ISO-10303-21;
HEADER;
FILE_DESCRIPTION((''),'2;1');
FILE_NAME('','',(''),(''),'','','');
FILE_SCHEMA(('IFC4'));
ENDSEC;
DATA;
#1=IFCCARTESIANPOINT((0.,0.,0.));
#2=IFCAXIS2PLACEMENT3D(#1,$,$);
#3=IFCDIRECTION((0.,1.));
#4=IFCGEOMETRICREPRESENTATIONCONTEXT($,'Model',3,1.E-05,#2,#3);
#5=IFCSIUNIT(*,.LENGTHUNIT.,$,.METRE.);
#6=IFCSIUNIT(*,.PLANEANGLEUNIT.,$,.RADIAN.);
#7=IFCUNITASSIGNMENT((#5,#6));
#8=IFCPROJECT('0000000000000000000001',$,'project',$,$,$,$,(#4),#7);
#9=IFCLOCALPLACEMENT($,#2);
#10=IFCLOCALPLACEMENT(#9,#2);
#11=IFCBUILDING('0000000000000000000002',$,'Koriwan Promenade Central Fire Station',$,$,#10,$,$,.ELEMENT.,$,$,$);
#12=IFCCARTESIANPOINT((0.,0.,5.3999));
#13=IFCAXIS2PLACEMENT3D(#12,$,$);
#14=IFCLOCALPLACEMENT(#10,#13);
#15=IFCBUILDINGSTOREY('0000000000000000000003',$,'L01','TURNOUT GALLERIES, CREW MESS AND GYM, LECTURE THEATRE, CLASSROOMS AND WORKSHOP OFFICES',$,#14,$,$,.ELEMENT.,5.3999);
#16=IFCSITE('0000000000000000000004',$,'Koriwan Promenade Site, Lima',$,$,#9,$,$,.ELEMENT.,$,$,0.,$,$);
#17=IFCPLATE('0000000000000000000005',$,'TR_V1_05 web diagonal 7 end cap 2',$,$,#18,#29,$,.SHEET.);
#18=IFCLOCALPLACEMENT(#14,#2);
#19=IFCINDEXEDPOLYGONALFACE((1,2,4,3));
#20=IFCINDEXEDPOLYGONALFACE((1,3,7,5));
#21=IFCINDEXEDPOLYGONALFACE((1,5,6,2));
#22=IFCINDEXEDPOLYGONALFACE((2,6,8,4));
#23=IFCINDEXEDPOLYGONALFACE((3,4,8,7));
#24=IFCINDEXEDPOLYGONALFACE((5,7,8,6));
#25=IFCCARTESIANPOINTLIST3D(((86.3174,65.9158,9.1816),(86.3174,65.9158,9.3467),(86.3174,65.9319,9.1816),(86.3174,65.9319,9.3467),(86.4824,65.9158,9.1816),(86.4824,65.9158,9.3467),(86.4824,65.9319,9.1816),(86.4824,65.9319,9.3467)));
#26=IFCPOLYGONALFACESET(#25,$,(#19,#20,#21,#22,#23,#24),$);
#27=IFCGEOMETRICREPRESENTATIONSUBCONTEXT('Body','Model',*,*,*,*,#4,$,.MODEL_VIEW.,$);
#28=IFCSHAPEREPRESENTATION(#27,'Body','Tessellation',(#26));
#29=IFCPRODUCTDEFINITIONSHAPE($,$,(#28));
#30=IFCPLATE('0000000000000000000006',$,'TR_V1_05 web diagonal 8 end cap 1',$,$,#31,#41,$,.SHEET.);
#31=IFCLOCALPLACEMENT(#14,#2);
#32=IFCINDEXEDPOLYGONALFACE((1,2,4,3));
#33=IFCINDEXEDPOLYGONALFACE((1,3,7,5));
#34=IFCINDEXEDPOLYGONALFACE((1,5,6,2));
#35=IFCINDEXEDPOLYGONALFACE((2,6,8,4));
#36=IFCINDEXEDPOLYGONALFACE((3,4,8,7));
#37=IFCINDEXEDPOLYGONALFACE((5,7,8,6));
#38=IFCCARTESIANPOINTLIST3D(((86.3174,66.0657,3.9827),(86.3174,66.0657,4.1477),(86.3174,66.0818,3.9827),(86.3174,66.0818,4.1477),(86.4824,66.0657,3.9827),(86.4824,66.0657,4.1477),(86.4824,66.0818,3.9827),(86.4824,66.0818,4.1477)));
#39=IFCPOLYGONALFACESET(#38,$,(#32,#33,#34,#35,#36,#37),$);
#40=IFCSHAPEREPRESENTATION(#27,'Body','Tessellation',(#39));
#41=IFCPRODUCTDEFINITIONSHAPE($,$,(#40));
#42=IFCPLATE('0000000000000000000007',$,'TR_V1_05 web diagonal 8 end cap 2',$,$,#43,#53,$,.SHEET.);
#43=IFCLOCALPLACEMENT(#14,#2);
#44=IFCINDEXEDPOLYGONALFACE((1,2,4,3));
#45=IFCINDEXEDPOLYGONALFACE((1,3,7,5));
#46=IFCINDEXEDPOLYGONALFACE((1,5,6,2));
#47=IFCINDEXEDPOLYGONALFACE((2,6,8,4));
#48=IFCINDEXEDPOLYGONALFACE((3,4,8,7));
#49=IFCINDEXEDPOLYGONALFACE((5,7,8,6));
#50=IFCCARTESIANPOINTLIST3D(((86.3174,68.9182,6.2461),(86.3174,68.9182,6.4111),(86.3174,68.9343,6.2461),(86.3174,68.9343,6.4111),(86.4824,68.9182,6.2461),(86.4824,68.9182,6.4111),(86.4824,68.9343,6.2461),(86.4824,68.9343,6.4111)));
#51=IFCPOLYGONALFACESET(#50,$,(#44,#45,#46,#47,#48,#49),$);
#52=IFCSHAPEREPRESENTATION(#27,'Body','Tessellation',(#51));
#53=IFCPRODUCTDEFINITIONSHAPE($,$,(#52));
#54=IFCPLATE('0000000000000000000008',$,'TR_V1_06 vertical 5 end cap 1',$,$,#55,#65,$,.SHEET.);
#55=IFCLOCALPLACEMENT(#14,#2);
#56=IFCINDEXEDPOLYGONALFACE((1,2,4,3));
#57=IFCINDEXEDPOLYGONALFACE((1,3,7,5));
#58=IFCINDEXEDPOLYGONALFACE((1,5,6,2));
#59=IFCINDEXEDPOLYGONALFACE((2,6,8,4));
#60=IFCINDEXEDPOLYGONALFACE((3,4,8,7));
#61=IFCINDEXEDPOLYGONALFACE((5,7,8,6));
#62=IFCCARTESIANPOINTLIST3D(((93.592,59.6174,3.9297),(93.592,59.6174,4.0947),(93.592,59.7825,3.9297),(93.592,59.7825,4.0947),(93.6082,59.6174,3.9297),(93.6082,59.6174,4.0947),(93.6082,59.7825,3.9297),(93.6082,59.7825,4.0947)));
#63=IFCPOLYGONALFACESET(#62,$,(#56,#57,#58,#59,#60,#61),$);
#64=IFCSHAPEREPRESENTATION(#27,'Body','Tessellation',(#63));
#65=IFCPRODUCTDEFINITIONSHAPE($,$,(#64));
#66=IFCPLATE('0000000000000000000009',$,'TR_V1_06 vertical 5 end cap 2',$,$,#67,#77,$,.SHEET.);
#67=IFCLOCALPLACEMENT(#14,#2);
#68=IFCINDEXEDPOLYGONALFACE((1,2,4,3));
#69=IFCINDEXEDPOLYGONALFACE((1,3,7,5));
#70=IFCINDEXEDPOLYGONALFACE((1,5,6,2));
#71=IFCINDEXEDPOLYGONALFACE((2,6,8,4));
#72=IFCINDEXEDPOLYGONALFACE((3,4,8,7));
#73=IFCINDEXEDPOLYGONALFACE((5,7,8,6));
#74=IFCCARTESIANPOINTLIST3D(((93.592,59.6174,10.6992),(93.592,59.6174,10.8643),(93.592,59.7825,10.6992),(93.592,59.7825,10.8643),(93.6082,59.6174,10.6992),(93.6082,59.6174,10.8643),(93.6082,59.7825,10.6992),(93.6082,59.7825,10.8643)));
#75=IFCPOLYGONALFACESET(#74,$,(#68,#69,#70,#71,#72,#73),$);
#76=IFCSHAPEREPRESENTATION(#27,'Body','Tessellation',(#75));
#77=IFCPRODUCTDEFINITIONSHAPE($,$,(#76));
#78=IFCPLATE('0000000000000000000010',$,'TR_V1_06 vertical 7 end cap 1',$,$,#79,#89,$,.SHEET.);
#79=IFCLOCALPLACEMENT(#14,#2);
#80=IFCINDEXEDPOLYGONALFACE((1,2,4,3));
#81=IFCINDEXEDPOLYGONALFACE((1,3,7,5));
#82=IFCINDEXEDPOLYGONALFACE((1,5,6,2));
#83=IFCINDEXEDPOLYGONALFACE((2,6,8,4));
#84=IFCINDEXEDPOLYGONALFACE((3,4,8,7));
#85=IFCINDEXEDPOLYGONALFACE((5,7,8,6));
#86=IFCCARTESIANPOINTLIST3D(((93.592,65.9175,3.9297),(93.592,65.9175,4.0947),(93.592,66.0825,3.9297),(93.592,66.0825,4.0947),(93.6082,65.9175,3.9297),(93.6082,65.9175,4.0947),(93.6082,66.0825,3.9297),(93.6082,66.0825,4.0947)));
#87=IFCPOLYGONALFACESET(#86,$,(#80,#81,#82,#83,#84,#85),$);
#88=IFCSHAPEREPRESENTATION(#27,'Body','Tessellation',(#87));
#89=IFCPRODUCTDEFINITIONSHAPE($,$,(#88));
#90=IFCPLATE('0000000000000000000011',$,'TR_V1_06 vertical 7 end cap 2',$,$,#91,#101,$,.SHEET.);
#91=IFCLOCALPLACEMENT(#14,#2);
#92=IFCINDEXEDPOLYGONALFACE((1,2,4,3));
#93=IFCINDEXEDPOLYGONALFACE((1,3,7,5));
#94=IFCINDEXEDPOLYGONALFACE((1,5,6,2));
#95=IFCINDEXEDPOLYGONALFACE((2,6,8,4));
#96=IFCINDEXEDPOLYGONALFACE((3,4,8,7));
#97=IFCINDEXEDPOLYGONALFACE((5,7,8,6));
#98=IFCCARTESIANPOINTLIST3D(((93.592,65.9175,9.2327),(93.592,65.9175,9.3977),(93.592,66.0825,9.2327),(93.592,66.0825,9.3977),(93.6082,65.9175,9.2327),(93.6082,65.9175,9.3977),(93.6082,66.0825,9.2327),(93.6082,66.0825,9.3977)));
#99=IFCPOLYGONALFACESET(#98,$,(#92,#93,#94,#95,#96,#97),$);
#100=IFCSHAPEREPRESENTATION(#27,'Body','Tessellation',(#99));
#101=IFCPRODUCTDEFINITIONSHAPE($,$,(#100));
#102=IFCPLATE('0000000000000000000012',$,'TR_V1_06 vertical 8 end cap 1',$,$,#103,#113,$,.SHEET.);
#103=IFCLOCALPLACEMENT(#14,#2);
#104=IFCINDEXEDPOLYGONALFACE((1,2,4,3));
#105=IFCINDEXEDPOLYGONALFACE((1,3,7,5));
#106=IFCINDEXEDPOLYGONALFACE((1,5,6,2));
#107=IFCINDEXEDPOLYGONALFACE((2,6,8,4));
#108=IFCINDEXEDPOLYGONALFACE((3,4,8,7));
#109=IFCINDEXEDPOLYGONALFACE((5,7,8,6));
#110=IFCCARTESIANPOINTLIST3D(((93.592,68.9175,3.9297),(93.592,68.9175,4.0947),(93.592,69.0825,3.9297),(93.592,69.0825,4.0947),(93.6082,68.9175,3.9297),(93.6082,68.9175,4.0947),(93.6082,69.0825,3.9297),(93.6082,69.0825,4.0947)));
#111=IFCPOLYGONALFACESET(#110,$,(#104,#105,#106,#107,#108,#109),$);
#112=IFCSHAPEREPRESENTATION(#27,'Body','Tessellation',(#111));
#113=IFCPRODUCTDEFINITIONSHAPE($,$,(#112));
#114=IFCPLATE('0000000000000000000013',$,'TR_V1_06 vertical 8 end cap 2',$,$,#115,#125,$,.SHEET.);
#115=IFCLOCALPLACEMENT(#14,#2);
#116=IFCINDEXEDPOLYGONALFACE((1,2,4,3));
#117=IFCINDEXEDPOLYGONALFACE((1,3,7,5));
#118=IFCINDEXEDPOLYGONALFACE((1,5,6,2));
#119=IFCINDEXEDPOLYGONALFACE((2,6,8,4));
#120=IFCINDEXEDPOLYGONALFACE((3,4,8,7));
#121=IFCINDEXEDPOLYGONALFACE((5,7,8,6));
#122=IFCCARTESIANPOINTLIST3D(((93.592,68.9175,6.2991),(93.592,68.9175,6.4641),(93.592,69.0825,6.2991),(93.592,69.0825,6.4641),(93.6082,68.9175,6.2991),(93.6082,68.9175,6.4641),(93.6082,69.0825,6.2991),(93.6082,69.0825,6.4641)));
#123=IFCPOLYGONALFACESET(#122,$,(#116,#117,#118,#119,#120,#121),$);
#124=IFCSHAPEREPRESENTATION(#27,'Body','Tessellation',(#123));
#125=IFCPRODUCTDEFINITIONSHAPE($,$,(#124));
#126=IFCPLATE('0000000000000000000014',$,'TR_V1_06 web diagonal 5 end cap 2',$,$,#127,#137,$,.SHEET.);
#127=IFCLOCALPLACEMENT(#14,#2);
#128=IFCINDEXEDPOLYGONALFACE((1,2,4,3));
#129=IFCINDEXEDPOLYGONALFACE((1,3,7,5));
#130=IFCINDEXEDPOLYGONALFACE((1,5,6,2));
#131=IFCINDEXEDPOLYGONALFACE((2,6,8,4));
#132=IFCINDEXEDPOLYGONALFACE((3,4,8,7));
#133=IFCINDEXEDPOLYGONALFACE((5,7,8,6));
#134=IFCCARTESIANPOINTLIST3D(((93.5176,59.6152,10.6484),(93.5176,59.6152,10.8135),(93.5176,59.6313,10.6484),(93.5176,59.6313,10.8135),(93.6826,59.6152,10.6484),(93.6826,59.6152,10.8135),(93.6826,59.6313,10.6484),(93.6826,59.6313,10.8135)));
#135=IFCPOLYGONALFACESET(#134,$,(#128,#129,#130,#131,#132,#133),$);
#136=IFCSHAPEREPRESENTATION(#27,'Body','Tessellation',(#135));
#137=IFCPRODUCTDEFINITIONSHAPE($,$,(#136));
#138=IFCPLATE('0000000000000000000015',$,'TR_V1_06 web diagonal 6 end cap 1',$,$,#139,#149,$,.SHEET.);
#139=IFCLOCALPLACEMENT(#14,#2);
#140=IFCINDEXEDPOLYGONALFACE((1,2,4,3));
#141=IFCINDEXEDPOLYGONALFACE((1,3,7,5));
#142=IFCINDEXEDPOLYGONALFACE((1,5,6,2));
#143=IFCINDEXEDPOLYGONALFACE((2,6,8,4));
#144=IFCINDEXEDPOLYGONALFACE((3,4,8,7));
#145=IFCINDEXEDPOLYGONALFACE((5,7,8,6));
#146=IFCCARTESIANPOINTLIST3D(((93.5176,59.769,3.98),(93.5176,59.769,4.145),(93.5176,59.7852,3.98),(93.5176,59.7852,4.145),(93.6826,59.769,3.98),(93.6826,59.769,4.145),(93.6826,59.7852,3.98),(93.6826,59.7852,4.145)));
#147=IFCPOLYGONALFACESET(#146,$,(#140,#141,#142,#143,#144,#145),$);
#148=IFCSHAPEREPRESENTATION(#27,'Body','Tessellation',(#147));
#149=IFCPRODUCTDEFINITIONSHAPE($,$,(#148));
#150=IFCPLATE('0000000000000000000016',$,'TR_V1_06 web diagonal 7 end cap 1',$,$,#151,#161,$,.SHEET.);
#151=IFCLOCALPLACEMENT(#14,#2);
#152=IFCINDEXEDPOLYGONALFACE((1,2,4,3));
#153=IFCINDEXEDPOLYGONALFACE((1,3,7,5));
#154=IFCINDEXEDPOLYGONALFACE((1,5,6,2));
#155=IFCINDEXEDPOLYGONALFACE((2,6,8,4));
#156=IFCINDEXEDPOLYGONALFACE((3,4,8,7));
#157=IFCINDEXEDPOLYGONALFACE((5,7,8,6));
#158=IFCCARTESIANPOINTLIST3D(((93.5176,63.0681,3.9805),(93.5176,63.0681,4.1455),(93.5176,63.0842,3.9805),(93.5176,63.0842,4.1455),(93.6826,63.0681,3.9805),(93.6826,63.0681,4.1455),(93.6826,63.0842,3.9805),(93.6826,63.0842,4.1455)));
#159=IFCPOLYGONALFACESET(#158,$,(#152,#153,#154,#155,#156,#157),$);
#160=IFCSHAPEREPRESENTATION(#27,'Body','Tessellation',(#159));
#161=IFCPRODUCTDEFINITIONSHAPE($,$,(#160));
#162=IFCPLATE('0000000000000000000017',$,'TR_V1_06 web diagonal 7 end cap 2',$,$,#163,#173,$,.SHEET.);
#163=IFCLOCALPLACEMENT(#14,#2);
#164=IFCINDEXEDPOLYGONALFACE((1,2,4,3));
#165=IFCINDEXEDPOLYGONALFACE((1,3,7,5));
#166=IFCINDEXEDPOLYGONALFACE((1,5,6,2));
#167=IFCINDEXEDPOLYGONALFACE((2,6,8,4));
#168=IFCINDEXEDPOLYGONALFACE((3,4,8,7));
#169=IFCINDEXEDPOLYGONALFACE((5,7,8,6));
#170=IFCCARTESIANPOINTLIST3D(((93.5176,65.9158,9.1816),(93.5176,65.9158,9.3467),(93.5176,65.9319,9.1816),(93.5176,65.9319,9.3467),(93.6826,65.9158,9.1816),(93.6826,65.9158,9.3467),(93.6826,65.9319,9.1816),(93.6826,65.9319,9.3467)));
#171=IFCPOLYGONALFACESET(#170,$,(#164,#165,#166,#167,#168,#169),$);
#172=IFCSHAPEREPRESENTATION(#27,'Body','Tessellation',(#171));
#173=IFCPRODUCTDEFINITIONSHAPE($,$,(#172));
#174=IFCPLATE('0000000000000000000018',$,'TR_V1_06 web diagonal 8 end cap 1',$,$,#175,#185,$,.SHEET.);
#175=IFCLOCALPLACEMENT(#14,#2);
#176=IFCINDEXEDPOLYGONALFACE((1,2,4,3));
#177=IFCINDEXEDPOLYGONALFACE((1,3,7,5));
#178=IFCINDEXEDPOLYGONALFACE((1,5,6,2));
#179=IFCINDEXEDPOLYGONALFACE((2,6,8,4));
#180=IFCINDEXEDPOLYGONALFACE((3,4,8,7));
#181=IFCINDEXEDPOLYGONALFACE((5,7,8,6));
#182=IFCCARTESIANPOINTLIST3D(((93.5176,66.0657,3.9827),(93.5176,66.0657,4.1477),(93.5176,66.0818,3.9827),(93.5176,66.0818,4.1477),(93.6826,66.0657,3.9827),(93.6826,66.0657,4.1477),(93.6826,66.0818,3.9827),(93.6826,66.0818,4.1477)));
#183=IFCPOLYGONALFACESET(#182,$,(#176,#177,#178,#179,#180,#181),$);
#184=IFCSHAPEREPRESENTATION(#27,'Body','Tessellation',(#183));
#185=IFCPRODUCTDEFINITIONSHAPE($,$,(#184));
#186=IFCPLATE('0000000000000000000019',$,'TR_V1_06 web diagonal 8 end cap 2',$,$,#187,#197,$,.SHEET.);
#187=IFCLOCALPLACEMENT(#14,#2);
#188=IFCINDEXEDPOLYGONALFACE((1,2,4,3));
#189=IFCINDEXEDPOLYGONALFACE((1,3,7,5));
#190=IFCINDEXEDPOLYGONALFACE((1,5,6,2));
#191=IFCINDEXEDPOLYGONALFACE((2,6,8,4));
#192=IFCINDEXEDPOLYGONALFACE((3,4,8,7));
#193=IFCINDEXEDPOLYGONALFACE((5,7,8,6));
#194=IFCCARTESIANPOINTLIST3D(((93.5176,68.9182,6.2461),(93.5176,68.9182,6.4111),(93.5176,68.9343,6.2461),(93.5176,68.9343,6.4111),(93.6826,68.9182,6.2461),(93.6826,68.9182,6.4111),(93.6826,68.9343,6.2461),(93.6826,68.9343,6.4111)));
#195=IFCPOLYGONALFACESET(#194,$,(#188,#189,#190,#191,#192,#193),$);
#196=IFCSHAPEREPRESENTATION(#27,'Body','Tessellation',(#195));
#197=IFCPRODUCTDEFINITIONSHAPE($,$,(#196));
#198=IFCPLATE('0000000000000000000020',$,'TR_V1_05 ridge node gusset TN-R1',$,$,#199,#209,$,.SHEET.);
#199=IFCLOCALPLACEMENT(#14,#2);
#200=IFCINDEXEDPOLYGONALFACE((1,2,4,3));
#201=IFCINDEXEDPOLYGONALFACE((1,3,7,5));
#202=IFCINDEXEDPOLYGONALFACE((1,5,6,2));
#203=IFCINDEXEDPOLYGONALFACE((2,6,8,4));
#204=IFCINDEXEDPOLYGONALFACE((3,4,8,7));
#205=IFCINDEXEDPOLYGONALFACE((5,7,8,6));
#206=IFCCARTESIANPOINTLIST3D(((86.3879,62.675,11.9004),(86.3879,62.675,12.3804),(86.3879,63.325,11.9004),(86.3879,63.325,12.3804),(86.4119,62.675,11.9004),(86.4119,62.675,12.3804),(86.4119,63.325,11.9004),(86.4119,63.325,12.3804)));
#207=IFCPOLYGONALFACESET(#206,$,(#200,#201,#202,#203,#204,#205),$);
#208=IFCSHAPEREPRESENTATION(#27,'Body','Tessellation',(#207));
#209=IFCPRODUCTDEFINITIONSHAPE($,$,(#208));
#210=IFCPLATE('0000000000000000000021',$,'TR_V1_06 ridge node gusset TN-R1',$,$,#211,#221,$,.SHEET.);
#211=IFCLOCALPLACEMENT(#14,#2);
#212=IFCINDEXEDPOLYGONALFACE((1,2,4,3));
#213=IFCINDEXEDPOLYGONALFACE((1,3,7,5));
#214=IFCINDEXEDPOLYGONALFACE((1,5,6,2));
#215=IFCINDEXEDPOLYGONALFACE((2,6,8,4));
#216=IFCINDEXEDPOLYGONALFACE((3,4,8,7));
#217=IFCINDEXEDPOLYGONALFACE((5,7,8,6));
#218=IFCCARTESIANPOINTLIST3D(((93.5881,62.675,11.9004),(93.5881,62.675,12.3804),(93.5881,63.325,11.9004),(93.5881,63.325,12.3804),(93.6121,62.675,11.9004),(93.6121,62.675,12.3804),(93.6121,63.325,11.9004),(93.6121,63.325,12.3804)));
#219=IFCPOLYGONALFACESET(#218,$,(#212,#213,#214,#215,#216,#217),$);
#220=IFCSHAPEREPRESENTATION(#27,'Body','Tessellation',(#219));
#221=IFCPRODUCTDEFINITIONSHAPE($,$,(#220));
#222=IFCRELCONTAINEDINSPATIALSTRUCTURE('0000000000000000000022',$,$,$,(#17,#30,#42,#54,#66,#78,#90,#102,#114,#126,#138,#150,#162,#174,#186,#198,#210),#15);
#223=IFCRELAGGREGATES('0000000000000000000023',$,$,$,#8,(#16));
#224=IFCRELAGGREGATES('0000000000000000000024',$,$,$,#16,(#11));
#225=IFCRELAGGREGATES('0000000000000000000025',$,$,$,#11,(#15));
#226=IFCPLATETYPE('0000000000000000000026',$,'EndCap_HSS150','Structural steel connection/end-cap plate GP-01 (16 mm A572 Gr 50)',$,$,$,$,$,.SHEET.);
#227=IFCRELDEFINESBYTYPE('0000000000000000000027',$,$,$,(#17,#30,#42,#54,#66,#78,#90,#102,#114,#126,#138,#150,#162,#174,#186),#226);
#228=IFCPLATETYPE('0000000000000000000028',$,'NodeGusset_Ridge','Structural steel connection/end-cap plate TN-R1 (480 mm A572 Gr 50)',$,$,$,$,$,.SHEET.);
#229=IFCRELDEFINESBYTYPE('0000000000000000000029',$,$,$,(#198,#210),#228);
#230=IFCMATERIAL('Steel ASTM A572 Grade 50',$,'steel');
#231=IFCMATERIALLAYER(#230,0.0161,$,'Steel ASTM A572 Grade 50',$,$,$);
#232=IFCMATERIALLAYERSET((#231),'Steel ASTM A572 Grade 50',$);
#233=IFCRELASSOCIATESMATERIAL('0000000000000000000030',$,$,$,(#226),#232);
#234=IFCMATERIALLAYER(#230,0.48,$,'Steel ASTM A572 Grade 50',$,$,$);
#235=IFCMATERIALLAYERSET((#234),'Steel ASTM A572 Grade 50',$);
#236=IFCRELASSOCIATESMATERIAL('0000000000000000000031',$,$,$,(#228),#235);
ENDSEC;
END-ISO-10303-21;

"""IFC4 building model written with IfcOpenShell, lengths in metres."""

from ifc_helpers import new_model, si_unit, direction, frame, origin, origin_2d, place, context, subcontext, project, spatial, rectangle, extrude, material, layer, layer_set, type_object, element, save


model = new_model("IFC4")

# Units and contexts
model_context = context("Model", 3, precision=1e-05, world=origin(), true_north=direction((0.0, 1.0)))
body_context = subcontext(model_context, "Body", "Model", "MODEL_VIEW")
ifc_project = project(units=[si_unit("LENGTHUNIT", "METRE"), si_unit("PLANEANGLEUNIT", "RADIAN")], contexts=[model_context])

# Site, building, storey
site_placement = place(None, origin())
site = spatial("IfcSite", under=ifc_project, at=site_placement, Name="Koriwan Promenade Site, Lima", CompositionType="ELEMENT", RefElevation=0.0)
building_placement = place(site_placement, origin())
building = spatial("IfcBuilding", under=site, at=building_placement, Name="Koriwan Promenade Central Fire Station", CompositionType="ELEMENT")
storey_placement = place(building_placement, frame((0.0, 0.0, 5.3999)))
storey = spatial("IfcBuildingStorey", under=building, at=storey_placement, Name="L01", Description="TURNOUT GALLERIES, CREW MESS AND GYM, LECTURE THEATRE, CLASSROOMS AND WORKSHOP OFFICES", CompositionType="ELEMENT", Elevation=5.3999)

# Plates
ifc_material_1 = material(Name="Steel ASTM A572 Grade 50", Category="steel")
ifc_layer_1 = layer(ifc_material_1, 0.0161, Name="Steel ASTM A572 Grade 50")
ifc_layer_set_1 = layer_set([ifc_layer_1], Name="Steel ASTM A572 Grade 50")
plate_type_1 = type_object("IfcPlateType", Name="EndCap_HSS150", Description="Structural steel connection/end-cap plate GP-01 (16 mm A572 Gr 50)", PredefinedType="SHEET", material=ifc_layer_set_1)
for number, where, z_axis, x_axis, name in (
    (1, (86.3999, 65.9238, 9.1816), (0.0, 0.0, 1.0), (0.0, 1.0, 0.0), "TR_V1_05 web diagonal 7 end cap 2"),
    (2, (86.3999, 66.0737, 3.9827), (0.0, 0.0, 1.0), (0.0, 1.0, 0.0), "TR_V1_05 web diagonal 8 end cap 1"),
    (3, (86.3999, 68.9263, 6.2461), (0.0, 0.0, 1.0), (0.0, 1.0, 0.0), "TR_V1_05 web diagonal 8 end cap 2"),
    (4, (93.6001, 59.7, 3.9297), (0.0, 0.0, 1.0), (1.0, 0.0, 0.0), "TR_V1_06 vertical 5 end cap 1"),
    (5, (93.6001, 59.7, 10.6992), (0.0, 0.0, 1.0), (1.0, 0.0, 0.0), "TR_V1_06 vertical 5 end cap 2"),
    (6, (93.6001, 66.0, 3.9297), (0.0, 0.0, 1.0), (1.0, 0.0, 0.0), "TR_V1_06 vertical 7 end cap 1"),
    (7, (93.6001, 66.0, 9.2327), (0.0, 0.0, 1.0), (1.0, 0.0, 0.0), "TR_V1_06 vertical 7 end cap 2"),
    (8, (93.6001, 69.0, 3.9297), (0.0, 0.0, 1.0), (1.0, 0.0, 0.0), "TR_V1_06 vertical 8 end cap 1"),
    (9, (93.6001, 69.0, 6.2991), (0.0, 0.0, 1.0), (1.0, 0.0, 0.0), "TR_V1_06 vertical 8 end cap 2"),
    (10, (93.6001, 59.6233, 10.6484), (0.0, 0.0, 1.0), (0.0, 1.0, 0.0), "TR_V1_06 web diagonal 5 end cap 2"),
    (11, (93.6001, 59.7771, 3.98), (0.0, 0.0, 1.0), (0.0, 1.0, 0.0), "TR_V1_06 web diagonal 6 end cap 1"),
    (12, (93.6001, 63.0762, 3.9805), (0.0, 0.0, 1.0), (0.0, 1.0, 0.0), "TR_V1_06 web diagonal 7 end cap 1"),
    (13, (93.6001, 65.9238, 9.1816), (0.0, 0.0, 1.0), (0.0, 1.0, 0.0), "TR_V1_06 web diagonal 7 end cap 2"),
    (14, (93.6001, 66.0737, 3.9827), (0.0, 0.0, 1.0), (0.0, 1.0, 0.0), "TR_V1_06 web diagonal 8 end cap 1"),
    (15, (93.6001, 68.9263, 6.2461), (0.0, 0.0, 1.0), (0.0, 1.0, 0.0), "TR_V1_06 web diagonal 8 end cap 2"),
):
    element("IfcPlate", number, at=place(storey_placement, frame(where, z_axis=z_axis, x_axis=x_axis)), inside=storey, type_object=plate_type_1, Name=name, PredefinedType="SHEET", context=body_context, shape_type="SweptSolid", body=[
        extrude(rectangle(XDim=0.0161, YDim=0.165, at=origin_2d()), origin(), (0.0, 0.0, 1.0), 0.165),
    ])
ifc_layer_2 = layer(ifc_material_1, 0.48, Name="Steel ASTM A572 Grade 50")
ifc_layer_set_2 = layer_set([ifc_layer_2], Name="Steel ASTM A572 Grade 50")
plate_type_2 = type_object("IfcPlateType", Name="NodeGusset_Ridge", Description="Structural steel connection/end-cap plate TN-R1 (480 mm A572 Gr 50)", PredefinedType="SHEET", material=ifc_layer_set_2)
for number, where, z_axis, x_axis, name in (
    (16, (86.3999, 63.0, 11.9004), (0.0, 0.0, 1.0), (1.0, 0.0, 0.0), "TR_V1_05 ridge node gusset TN-R1"),
    (17, (93.6001, 63.0, 11.9004), (0.0, 0.0, 1.0), (1.0, 0.0, 0.0), "TR_V1_06 ridge node gusset TN-R1"),
):
    element("IfcPlate", number, at=place(storey_placement, frame(where, z_axis=z_axis, x_axis=x_axis)), inside=storey, type_object=plate_type_2, Name=name, PredefinedType="SHEET", context=body_context, shape_type="SweptSolid", body=[
        extrude(rectangle(XDim=0.0239, YDim=0.6499, at=origin_2d()), origin(), (0.0, 0.0, 1.0), 0.48),
    ])

save(model, "model.ifc")
